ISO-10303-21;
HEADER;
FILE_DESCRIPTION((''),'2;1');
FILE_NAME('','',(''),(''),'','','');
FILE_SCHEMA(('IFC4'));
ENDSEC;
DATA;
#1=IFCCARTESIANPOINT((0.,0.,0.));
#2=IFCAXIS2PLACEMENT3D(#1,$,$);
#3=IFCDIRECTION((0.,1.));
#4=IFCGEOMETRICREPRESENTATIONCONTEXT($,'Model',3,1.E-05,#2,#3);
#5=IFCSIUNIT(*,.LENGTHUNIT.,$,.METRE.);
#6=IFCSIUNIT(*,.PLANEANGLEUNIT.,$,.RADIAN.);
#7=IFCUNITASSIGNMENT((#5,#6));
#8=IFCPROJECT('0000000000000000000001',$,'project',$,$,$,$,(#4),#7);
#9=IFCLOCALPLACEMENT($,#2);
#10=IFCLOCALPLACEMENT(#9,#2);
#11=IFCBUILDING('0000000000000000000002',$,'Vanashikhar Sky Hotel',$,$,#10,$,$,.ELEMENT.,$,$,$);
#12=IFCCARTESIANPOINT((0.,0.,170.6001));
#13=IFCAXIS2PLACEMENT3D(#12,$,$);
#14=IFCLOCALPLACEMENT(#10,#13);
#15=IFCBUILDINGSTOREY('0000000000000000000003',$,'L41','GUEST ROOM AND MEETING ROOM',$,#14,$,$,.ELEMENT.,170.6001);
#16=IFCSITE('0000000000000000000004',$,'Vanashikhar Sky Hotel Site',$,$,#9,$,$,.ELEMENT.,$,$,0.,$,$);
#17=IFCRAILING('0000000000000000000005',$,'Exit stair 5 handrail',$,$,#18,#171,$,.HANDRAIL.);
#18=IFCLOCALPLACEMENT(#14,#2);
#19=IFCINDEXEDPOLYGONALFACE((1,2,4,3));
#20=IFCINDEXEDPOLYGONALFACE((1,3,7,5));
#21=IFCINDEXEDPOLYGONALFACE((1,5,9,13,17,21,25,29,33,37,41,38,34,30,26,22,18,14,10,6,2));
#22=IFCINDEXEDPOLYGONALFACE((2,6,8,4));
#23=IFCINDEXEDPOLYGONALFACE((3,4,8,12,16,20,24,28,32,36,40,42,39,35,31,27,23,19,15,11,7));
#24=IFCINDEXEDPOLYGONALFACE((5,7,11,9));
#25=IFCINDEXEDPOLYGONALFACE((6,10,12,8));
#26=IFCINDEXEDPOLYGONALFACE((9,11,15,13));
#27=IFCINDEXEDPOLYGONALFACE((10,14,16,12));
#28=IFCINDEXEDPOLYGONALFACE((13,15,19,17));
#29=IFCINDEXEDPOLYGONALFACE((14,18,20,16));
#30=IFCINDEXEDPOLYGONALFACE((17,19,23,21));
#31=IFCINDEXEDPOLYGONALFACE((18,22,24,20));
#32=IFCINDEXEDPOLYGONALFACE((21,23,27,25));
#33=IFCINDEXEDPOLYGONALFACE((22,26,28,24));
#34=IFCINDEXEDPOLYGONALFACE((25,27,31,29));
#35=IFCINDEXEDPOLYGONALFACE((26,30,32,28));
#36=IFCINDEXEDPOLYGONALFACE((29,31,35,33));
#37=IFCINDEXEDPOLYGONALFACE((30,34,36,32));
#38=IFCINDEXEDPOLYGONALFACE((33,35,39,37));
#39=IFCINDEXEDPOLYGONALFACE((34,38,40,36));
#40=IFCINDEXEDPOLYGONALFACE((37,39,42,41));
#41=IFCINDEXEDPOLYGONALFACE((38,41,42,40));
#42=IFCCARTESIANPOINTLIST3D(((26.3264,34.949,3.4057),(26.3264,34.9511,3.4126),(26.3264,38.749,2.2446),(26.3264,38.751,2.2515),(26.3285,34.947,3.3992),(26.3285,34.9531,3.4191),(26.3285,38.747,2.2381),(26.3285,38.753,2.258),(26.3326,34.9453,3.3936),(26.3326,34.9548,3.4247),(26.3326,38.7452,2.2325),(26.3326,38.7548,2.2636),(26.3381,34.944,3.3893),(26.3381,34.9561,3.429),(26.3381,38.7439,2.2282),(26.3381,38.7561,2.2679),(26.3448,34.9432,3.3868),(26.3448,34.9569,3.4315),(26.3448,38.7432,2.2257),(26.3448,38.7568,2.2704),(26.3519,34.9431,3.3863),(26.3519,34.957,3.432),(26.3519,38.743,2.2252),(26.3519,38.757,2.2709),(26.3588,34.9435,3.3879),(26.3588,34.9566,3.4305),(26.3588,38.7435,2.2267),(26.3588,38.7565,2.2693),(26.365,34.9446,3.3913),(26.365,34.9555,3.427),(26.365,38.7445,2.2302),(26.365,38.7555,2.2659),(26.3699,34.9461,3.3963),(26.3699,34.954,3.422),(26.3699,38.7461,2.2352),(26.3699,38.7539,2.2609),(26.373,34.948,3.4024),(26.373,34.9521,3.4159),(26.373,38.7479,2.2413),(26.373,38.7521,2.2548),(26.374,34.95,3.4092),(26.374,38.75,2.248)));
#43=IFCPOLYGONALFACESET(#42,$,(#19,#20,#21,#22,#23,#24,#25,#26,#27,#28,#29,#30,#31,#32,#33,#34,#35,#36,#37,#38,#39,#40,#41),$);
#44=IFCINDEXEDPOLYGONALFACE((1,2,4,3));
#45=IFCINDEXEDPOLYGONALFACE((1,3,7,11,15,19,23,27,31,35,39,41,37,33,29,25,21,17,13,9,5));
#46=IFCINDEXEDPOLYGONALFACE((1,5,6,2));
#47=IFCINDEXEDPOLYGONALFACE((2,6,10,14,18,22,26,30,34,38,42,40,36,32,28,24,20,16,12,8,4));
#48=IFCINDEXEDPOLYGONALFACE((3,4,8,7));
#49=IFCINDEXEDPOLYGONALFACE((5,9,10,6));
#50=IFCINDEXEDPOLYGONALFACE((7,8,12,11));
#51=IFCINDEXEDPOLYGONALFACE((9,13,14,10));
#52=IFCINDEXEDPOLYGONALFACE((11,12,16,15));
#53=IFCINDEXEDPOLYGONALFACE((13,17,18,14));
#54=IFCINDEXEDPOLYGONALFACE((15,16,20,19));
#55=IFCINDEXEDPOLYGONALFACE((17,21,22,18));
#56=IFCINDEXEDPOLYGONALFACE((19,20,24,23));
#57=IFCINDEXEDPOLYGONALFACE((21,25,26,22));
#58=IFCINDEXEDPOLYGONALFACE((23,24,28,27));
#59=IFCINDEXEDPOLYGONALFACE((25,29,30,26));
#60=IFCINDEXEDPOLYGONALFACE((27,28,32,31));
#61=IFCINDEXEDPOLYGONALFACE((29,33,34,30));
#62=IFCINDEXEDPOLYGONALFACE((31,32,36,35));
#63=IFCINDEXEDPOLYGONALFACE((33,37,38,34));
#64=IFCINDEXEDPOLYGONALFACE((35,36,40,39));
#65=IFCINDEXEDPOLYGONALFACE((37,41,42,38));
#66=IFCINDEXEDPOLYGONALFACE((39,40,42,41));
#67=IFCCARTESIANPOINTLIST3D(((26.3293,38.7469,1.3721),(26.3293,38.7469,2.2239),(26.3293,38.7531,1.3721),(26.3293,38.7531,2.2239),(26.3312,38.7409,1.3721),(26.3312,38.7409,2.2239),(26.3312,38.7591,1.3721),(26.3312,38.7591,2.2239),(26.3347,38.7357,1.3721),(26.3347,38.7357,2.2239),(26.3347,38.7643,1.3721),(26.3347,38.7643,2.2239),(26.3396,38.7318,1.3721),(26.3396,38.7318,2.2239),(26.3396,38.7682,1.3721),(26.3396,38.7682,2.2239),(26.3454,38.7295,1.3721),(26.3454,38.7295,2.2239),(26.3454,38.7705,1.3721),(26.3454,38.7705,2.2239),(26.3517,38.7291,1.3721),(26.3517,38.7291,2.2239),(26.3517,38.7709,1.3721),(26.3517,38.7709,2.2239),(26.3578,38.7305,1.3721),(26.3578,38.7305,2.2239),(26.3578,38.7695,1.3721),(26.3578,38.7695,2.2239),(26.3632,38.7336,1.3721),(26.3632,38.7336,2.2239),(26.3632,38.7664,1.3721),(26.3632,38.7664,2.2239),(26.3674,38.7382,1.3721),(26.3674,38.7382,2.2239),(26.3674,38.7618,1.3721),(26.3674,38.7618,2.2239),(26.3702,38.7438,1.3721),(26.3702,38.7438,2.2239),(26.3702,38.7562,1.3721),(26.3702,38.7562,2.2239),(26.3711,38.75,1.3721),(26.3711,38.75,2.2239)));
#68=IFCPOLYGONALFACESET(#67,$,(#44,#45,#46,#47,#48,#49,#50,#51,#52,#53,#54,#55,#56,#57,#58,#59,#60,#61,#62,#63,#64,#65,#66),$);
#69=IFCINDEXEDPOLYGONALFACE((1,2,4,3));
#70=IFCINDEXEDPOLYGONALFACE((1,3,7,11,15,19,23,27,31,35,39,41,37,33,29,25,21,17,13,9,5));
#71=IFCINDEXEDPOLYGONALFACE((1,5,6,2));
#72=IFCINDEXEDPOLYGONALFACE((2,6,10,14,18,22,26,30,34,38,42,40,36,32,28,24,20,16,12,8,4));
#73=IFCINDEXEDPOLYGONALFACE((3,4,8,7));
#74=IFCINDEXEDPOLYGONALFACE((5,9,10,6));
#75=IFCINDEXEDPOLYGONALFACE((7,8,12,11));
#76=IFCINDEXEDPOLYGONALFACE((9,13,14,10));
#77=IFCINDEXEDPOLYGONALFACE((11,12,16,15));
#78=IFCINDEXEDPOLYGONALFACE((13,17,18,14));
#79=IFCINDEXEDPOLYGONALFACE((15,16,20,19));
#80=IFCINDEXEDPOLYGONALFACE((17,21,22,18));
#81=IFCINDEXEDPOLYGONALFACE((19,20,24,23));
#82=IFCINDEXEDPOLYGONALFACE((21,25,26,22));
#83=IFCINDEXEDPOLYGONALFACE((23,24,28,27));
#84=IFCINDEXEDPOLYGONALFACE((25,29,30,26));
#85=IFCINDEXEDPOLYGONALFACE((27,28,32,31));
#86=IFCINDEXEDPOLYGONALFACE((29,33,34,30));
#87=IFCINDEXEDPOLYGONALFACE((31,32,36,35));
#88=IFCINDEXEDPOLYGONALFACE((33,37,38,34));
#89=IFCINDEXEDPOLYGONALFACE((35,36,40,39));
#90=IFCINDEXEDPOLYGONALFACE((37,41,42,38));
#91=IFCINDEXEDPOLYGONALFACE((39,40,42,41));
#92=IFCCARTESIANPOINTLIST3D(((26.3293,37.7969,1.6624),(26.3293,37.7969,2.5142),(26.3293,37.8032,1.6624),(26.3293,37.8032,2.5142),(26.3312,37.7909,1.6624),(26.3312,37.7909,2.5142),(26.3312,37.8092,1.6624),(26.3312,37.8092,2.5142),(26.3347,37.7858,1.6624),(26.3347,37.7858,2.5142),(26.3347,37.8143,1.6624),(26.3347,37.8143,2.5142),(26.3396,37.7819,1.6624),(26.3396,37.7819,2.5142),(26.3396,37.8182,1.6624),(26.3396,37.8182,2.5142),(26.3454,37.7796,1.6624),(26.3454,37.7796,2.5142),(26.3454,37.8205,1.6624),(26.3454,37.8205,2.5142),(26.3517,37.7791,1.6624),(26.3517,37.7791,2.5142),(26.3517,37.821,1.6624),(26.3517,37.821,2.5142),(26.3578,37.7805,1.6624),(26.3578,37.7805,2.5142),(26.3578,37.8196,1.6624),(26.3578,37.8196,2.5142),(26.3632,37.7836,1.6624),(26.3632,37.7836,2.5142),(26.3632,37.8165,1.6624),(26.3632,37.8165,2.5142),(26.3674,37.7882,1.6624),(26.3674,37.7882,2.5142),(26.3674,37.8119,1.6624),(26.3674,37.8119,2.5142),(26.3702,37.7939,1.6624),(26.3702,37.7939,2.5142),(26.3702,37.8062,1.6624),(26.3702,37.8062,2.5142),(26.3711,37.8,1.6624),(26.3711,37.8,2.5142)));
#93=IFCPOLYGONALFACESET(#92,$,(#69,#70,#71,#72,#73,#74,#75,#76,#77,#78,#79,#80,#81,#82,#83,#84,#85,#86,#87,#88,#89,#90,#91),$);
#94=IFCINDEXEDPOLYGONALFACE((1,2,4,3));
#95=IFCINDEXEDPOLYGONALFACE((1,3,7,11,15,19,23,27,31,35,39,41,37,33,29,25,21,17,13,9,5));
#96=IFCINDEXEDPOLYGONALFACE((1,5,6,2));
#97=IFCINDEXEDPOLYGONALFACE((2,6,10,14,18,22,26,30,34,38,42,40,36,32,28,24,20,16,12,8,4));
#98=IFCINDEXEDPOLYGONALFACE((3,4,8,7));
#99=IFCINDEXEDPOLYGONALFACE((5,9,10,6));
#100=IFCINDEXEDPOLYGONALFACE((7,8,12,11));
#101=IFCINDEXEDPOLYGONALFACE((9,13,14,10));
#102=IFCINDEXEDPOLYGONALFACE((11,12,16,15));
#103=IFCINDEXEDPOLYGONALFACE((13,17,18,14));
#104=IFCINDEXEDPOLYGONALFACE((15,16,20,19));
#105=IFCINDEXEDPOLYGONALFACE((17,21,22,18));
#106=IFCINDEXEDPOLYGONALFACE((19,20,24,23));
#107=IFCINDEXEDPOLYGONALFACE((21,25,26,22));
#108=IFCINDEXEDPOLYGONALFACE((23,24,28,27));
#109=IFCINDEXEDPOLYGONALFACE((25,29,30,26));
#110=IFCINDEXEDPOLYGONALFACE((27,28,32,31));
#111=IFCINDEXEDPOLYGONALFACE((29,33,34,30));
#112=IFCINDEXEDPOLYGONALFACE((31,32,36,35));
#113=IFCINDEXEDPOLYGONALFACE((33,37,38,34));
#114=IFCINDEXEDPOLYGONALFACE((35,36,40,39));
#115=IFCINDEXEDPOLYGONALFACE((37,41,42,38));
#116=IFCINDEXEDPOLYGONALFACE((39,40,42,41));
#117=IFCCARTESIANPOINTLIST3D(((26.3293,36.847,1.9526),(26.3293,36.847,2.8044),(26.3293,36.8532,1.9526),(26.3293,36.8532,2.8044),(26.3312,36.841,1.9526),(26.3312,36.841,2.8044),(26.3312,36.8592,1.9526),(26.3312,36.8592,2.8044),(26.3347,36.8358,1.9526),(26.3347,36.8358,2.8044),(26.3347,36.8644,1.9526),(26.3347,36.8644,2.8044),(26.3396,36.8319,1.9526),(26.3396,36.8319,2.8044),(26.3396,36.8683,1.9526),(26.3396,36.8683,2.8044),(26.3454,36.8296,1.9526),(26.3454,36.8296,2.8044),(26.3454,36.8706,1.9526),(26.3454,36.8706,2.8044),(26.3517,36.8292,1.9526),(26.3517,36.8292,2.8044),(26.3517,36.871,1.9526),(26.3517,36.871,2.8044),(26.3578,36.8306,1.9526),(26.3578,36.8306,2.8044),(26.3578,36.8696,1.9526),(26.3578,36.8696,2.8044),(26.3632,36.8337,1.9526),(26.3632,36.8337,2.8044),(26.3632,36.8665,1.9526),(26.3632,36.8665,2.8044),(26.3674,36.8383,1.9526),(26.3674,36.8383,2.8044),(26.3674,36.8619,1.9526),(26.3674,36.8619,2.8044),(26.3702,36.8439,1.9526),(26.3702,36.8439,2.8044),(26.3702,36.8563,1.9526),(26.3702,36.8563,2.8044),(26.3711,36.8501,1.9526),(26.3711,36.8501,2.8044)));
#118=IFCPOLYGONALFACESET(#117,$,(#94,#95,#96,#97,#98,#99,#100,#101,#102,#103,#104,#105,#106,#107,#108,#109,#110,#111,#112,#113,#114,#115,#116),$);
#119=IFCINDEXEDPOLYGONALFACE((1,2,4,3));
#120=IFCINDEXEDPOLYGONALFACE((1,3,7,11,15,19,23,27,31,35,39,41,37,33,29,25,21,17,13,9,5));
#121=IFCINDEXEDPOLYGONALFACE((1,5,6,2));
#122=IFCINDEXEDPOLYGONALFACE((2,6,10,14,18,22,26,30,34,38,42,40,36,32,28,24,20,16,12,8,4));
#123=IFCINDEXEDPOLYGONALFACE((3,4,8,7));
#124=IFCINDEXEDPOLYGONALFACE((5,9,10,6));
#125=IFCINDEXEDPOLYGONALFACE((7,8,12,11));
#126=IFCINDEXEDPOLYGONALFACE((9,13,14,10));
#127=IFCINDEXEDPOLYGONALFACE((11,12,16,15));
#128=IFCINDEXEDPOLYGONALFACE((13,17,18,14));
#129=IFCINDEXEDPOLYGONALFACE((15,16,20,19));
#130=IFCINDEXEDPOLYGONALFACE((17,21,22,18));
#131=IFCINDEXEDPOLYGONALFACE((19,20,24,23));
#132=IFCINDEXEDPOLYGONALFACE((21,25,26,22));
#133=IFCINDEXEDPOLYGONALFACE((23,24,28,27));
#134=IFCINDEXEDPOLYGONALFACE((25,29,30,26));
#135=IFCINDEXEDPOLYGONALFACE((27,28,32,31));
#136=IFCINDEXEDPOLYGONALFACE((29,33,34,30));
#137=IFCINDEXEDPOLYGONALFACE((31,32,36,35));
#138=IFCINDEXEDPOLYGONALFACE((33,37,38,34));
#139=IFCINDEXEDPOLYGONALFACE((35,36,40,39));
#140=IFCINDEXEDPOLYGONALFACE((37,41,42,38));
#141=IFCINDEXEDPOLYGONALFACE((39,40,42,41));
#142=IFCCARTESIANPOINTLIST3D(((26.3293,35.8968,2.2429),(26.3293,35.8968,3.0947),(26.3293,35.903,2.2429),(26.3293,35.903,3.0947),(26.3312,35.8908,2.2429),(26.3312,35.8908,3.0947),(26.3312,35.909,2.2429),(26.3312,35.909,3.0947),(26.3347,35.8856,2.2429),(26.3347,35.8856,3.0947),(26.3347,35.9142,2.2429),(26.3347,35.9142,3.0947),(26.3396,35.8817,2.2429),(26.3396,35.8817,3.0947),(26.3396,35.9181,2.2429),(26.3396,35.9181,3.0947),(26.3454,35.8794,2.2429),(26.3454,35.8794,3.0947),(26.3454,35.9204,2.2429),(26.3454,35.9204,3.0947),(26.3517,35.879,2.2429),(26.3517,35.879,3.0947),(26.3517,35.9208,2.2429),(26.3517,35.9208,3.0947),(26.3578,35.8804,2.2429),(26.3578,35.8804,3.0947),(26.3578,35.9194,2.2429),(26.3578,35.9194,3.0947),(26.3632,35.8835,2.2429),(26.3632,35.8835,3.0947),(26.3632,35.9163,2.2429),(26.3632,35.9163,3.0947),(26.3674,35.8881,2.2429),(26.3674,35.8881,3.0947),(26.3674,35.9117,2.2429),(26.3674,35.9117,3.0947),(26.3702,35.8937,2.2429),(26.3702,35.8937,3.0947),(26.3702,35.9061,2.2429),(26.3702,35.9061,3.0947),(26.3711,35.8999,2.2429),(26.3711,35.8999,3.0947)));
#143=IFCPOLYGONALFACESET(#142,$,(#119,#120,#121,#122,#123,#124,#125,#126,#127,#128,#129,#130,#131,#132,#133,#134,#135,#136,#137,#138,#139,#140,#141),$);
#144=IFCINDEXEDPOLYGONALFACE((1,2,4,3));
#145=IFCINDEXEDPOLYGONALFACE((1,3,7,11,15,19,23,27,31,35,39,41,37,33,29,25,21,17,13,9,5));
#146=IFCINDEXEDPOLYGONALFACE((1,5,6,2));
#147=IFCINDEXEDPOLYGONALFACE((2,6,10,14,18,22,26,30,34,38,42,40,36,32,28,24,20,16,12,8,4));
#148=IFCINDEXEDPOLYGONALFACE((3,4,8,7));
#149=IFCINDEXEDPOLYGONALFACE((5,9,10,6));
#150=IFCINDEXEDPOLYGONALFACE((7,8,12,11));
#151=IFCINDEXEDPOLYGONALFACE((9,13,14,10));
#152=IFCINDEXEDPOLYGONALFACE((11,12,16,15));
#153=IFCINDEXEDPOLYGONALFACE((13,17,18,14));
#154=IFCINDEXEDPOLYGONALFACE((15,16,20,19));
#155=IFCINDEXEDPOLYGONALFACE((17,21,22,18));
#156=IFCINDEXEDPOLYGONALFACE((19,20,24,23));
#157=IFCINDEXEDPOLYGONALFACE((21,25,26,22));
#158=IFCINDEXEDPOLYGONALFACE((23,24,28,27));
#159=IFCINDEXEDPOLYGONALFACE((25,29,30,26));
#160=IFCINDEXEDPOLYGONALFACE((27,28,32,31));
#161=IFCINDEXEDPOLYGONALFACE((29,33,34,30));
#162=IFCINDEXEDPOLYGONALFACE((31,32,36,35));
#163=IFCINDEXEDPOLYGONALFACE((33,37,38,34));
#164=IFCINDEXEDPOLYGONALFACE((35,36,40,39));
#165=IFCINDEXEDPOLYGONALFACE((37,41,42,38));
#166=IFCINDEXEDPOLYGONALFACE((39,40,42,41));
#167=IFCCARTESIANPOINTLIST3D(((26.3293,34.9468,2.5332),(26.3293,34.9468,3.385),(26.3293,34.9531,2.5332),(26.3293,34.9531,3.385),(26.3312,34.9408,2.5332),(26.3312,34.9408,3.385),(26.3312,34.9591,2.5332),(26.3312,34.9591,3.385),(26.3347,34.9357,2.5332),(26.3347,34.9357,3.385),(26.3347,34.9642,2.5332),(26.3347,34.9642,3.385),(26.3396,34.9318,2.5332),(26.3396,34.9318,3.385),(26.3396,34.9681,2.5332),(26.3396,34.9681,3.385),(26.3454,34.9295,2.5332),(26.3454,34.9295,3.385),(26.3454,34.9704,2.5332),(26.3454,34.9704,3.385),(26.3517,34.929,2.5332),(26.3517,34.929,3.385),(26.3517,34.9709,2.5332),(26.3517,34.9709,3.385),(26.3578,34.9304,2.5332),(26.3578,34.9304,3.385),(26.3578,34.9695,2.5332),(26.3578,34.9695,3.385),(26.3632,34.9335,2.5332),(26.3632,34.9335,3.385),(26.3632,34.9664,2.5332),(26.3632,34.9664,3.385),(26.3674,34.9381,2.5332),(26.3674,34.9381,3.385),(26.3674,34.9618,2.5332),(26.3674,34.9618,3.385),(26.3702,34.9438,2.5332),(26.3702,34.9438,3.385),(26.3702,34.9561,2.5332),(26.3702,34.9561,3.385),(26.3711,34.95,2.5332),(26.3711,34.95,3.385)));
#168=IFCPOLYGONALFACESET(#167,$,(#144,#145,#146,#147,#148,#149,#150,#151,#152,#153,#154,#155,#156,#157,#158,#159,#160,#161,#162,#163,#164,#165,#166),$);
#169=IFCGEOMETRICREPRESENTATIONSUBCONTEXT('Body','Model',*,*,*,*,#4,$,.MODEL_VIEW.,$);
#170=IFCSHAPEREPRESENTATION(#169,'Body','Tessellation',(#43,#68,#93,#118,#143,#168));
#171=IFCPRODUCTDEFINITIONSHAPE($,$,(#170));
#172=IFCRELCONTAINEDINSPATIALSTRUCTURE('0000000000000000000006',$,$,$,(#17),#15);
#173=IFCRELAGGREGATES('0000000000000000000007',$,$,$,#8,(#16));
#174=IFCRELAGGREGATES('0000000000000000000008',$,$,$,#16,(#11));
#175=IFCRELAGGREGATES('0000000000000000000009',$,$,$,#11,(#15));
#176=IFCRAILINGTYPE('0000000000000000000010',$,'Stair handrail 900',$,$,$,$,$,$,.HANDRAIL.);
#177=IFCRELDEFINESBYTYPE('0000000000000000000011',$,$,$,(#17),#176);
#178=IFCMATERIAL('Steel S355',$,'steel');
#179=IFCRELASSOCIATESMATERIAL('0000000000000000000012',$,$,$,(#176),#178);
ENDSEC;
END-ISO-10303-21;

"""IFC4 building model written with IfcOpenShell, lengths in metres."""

from ifc_helpers import new_model, si_unit, direction, frame, origin, origin_2d, place, context, subcontext, project, spatial, circle, extrude, source, transform, mapped, material, type_object, element, save


model = new_model("IFC4")

# Units and contexts
model_context = context("Model", 3, precision=1e-05, world=origin(), true_north=direction((0.0, 1.0)))
body_context = subcontext(model_context, "Body", "Model", "MODEL_VIEW")
ifc_project = project(units=[si_unit("LENGTHUNIT", "METRE"), si_unit("PLANEANGLEUNIT", "RADIAN")], contexts=[model_context])

# Site, building, storey
site_placement = place(None, origin())
site = spatial("IfcSite", under=ifc_project, at=site_placement, Name="Vanashikhar Sky Hotel Site", CompositionType="ELEMENT", RefElevation=0.0)
building_placement = place(site_placement, origin())
building = spatial("IfcBuilding", under=site, at=building_placement, Name="Vanashikhar Sky Hotel", CompositionType="ELEMENT")
storey_placement = place(building_placement, frame((0.0, 0.0, 170.6001)))
storey = spatial("IfcBuildingStorey", under=building, at=storey_placement, Name="L41", Description="GUEST ROOM AND MEETING ROOM", CompositionType="ELEMENT", Elevation=170.6001)

# Railing
ifc_material_1 = material(Name="Steel S355", Category="steel")
railing_type_1 = type_object("IfcRailingType", Name="Stair handrail 900", PredefinedType="HANDRAIL", material=ifc_material_1)
shared_shape_1 = source(origin(), body_context, "Body", "SweptSolid", [
    extrude(circle(Radius=0.0239, at=origin_2d()), frame((0.0, 0.0, 0.876), z_axis=(0.0, -0.956351, 0.29222), x_axis=(1.0, 0.0, 0.0)), (0.0, 0.0, 1.0), 3.9734),
    extrude(circle(Radius=0.021, at=origin_2d()), origin(), (0.0, 0.0, 1.0), 0.8518),
    extrude(circle(Radius=0.021, at=origin_2d()), frame((0.0, -0.95, 0.2903)), (0.0, 0.0, 1.0), 0.8518),
    extrude(circle(Radius=0.021, at=origin_2d()), frame((0.0, -1.8999, 0.5806)), (0.0, 0.0, 1.0), 0.8518),
    extrude(circle(Radius=0.021, at=origin_2d()), frame((0.0, -2.8501, 0.8708)), (0.0, 0.0, 1.0), 0.8518),
    extrude(circle(Radius=0.021, at=origin_2d()), frame((0.0, -3.8, 1.1611)), (0.0, 0.0, 1.0), 0.8518),
])
railing_1_placement = place(storey_placement, frame((26.3501, 38.75, 1.3721)))
element("IfcRailing", 1, at=railing_1_placement, inside=storey, type_object=railing_type_1, Name="Exit stair 5 handrail", PredefinedType="HANDRAIL", context=body_context, shape_type="MappedRepresentation", body=[
    mapped(shared_shape_1, transform((0.0, 0.0, 0.0), scale=1.0)),
])

save(model, "model.ifc")
